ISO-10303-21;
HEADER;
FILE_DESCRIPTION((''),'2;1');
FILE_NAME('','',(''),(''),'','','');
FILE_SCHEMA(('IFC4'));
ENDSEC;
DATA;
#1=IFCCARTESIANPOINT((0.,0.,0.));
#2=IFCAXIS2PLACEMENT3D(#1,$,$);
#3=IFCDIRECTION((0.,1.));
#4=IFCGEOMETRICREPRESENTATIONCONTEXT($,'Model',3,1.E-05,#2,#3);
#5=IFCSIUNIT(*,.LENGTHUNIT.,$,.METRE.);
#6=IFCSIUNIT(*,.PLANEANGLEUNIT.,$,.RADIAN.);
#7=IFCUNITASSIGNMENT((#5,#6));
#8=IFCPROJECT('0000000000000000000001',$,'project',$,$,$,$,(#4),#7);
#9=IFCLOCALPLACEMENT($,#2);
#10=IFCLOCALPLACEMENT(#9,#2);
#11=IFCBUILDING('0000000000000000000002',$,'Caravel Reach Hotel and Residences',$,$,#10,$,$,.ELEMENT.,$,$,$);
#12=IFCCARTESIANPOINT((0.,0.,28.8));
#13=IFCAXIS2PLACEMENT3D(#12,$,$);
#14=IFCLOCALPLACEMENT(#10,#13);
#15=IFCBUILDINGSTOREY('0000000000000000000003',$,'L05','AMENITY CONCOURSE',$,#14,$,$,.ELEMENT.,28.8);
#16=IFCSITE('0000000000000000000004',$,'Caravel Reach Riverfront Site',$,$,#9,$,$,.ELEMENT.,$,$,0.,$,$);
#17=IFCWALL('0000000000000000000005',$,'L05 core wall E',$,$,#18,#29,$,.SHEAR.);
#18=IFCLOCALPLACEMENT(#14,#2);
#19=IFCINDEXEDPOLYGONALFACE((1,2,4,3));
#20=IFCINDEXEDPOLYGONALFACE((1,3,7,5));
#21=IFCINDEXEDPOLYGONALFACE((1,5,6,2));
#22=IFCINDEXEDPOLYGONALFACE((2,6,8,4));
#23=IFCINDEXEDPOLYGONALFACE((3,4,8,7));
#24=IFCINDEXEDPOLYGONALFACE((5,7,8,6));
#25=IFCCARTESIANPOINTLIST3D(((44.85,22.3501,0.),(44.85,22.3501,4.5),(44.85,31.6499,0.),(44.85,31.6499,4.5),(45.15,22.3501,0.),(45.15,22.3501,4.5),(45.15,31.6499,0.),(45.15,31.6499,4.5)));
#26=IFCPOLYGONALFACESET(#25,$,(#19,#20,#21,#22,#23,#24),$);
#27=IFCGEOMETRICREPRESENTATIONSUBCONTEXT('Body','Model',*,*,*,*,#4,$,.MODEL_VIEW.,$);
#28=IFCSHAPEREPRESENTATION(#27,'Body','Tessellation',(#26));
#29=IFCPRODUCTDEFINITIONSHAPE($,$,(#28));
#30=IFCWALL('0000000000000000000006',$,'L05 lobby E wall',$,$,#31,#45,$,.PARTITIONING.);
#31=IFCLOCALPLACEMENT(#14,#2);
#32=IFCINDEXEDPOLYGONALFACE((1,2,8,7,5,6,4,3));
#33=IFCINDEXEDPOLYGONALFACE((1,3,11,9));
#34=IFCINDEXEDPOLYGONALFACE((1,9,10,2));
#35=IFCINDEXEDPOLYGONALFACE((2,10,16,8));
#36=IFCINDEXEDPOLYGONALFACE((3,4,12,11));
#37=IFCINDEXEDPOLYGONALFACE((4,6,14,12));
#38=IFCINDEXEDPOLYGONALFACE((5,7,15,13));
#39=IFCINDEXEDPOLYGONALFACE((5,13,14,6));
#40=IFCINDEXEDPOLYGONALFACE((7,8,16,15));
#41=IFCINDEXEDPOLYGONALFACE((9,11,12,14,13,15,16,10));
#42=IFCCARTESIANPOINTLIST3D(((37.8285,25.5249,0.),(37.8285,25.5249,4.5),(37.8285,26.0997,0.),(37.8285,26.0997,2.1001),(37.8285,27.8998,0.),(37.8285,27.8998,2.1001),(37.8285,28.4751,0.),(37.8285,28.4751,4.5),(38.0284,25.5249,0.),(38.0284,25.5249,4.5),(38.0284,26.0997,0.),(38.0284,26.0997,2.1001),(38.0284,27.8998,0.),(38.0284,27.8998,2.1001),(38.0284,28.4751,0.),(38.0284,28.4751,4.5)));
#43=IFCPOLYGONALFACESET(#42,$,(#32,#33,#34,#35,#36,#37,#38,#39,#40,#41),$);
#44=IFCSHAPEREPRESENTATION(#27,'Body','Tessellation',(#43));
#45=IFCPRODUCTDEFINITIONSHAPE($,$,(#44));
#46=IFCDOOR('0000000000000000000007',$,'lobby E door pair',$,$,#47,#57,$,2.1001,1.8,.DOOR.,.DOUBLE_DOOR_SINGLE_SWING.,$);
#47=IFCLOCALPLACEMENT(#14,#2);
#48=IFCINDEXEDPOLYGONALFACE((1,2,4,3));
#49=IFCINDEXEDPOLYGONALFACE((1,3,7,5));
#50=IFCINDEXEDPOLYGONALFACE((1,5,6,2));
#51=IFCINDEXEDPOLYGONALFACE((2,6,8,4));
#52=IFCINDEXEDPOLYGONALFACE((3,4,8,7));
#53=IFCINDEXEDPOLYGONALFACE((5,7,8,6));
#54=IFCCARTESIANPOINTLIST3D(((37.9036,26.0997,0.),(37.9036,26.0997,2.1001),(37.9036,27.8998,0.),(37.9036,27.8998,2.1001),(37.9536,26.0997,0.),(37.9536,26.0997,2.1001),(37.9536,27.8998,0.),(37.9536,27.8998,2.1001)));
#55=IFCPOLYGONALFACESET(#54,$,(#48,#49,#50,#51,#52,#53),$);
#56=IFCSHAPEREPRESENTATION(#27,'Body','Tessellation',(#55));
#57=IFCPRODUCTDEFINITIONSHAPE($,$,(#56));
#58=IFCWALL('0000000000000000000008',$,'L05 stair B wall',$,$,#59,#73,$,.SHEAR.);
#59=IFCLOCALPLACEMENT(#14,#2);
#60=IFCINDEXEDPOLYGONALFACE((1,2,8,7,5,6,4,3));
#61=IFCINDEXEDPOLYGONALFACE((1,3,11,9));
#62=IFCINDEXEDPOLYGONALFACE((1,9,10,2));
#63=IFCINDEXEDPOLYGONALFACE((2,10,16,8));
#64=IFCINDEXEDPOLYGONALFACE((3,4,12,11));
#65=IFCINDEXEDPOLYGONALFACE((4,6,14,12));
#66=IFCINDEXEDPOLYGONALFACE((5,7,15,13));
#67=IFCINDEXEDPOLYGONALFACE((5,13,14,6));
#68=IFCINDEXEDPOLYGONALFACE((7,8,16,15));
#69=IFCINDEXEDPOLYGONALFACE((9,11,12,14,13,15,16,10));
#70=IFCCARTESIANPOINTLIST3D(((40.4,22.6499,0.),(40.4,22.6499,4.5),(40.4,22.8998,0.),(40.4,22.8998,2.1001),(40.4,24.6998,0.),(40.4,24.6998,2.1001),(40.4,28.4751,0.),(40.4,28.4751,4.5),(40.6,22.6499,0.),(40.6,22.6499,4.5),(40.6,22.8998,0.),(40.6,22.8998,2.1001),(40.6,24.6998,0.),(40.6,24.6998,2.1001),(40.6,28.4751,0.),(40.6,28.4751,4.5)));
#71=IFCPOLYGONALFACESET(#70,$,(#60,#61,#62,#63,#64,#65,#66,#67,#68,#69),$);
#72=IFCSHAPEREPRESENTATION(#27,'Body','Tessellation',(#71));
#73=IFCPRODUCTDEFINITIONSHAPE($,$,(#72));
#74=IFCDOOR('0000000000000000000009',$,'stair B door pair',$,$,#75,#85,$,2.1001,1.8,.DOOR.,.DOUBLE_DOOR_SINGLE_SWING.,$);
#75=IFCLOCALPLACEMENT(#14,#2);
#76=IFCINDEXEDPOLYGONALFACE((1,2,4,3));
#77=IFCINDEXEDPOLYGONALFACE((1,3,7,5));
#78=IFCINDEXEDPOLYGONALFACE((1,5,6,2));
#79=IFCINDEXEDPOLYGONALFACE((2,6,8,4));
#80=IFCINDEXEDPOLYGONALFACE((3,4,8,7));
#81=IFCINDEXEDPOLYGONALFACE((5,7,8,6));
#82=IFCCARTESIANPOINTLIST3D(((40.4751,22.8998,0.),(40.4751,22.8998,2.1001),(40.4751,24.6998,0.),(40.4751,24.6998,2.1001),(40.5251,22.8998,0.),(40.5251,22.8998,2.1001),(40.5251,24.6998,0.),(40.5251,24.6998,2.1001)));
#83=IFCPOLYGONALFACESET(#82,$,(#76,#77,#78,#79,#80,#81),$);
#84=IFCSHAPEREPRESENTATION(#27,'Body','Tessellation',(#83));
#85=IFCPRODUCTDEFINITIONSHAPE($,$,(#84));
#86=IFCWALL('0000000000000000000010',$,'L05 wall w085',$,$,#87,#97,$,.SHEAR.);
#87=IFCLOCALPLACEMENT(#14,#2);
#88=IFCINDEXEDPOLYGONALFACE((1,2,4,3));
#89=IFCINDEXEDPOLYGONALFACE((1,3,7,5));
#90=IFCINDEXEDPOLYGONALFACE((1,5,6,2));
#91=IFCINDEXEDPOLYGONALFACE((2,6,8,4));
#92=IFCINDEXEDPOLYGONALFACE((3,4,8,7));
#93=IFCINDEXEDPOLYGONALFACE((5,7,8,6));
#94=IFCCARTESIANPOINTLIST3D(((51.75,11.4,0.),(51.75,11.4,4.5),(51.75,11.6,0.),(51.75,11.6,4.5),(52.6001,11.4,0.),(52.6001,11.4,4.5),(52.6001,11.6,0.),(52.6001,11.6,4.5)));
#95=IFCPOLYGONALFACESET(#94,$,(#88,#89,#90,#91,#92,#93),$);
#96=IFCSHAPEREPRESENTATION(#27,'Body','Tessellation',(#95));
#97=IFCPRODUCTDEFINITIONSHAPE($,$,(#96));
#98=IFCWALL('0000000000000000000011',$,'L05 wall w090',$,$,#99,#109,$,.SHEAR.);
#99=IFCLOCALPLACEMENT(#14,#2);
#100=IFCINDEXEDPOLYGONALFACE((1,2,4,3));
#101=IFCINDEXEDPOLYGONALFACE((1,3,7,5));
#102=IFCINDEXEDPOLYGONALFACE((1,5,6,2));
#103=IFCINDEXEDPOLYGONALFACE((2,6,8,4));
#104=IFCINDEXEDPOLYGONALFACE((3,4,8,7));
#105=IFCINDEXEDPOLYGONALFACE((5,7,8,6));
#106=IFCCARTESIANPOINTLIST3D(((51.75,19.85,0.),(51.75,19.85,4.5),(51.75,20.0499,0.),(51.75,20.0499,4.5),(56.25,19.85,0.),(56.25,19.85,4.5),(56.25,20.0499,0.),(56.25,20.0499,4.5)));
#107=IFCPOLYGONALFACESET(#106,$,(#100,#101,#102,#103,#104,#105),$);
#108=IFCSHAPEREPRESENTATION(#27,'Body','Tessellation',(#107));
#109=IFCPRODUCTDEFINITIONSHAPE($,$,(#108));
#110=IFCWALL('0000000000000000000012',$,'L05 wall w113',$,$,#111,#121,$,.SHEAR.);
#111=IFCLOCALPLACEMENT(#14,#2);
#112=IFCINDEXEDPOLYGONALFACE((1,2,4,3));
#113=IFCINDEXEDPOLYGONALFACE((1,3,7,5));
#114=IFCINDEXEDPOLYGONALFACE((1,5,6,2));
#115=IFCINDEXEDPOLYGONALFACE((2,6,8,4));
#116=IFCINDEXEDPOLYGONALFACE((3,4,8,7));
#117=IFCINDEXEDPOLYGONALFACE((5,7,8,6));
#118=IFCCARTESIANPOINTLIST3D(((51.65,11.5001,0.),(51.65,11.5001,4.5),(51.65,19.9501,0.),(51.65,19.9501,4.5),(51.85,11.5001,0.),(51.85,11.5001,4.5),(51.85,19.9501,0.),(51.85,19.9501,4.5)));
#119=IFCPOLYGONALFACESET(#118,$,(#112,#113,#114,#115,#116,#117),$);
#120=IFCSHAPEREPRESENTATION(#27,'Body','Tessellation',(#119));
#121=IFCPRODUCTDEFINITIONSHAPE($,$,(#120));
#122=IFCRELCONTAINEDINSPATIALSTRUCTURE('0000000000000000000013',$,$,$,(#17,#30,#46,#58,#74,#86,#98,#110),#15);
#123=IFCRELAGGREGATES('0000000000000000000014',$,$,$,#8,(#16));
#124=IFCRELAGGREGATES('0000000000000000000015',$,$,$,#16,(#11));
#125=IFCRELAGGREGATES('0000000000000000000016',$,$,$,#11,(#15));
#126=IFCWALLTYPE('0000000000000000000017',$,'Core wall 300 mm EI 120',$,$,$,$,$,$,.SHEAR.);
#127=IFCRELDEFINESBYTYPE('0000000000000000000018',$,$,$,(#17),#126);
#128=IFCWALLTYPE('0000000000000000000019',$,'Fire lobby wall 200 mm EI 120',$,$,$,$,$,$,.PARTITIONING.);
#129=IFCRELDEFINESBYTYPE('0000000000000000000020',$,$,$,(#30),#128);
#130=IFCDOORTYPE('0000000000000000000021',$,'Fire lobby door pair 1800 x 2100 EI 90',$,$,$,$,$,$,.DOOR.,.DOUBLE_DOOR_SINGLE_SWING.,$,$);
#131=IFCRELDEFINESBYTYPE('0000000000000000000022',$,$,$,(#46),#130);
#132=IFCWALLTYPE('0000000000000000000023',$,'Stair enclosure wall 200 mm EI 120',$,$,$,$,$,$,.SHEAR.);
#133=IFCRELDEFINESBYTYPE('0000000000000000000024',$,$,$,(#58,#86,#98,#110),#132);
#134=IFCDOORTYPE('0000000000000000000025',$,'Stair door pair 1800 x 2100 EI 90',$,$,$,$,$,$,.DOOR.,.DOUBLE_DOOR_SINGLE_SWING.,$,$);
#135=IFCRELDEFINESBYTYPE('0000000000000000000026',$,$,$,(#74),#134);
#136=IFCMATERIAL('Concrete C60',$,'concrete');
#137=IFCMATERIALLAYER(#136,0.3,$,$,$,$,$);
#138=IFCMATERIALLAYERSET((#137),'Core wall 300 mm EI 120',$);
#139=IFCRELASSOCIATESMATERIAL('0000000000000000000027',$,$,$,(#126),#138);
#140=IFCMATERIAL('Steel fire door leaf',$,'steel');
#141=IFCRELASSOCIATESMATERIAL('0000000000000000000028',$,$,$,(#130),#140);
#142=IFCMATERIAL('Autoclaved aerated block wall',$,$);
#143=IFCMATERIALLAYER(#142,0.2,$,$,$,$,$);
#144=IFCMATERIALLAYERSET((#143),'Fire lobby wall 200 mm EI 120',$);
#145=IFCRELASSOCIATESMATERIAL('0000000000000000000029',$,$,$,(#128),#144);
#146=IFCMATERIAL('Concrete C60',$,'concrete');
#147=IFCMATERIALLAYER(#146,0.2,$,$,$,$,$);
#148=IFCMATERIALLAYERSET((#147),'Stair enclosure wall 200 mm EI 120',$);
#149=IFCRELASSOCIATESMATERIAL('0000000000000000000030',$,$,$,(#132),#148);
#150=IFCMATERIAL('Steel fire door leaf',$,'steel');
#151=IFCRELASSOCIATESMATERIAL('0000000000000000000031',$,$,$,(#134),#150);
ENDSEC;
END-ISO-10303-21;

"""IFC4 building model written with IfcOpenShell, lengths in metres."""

from ifc_helpers import new_model, si_unit, direction, frame, frame_2d, origin, place, context, subcontext, project, spatial, rectangle, extrude, material, layer, layer_set, type_object, element, fill, save


model = new_model("IFC4")

# Units and contexts
model_context = context("Model", 3, precision=1e-05, world=origin(), true_north=direction((0.0, 1.0)))
body_context = subcontext(model_context, "Body", "Model", "MODEL_VIEW")
ifc_project = project(units=[si_unit("LENGTHUNIT", "METRE"), si_unit("PLANEANGLEUNIT", "RADIAN")], contexts=[model_context])

# Site, building, storey
site_placement = place(None, origin())
site = spatial("IfcSite", under=ifc_project, at=site_placement, Name="Caravel Reach Riverfront Site", CompositionType="ELEMENT", RefElevation=0.0)
building_placement = place(site_placement, origin())
building = spatial("IfcBuilding", under=site, at=building_placement, Name="Caravel Reach Hotel and Residences", CompositionType="ELEMENT")
storey_placement = place(building_placement, frame((0.0, 0.0, 28.8)))
storey = spatial("IfcBuildingStorey", under=building, at=storey_placement, Name="L05", Description="AMENITY CONCOURSE", CompositionType="ELEMENT", Elevation=28.8)

# Shared definitions
ifc_material_1 = material(Name="Concrete C60", Category="concrete")
ifc_layer_1 = layer(ifc_material_1, 0.3)
ifc_layer_set_1 = layer_set([ifc_layer_1], Name="Core wall 300 mm EI 120")
wall_type_1 = type_object("IfcWallType", Name="Core wall 300 mm EI 120", PredefinedType="SHEAR", material=ifc_layer_set_1)
ifc_material_2 = material(Name="Steel fire door leaf", Category="steel")
door_type_1 = type_object("IfcDoorType", Name="Fire lobby door pair 1800 x 2100 EI 90", OperationType="DOUBLE_DOOR_SINGLE_SWING", PredefinedType="DOOR", material=ifc_material_2)

# Wall
wall_1_placement = place(storey_placement, frame((45.0, 22.3501, 0.0), z_axis=(0.0, 0.0, 1.0), x_axis=(0.0, 1.0, 0.0)))
element("IfcWall", 1, at=wall_1_placement, inside=storey, type_object=wall_type_1, Name="L05 core wall E", PredefinedType="SHEAR", context=body_context, shape_type="SweptSolid", body=[
    extrude(rectangle(XDim=9.2998, YDim=0.3, at=frame_2d((4.6499, 0.0))), origin(), (0.0, 0.0, 1.0), 4.5),
])

# Walls, openings, doors
ifc_material_3 = material(Name="Autoclaved aerated block wall")
ifc_layer_2 = layer(ifc_material_3, 0.2)
ifc_layer_set_2 = layer_set([ifc_layer_2], Name="Fire lobby wall 200 mm EI 120")
wall_type_2 = type_object("IfcWallType", Name="Fire lobby wall 200 mm EI 120", PredefinedType="PARTITIONING", material=ifc_layer_set_2)
wall_2_placement = place(storey_placement, frame((37.9285, 25.5249, 0.0), z_axis=(0.0, 0.0, 1.0), x_axis=(0.0, 1.0, 0.0)))
wall_2 = element("IfcWall", 2, at=wall_2_placement, inside=storey, type_object=wall_type_2, Name="L05 lobby E wall", PredefinedType="PARTITIONING", context=body_context, shape_type="SweptSolid", body=[
    extrude(rectangle(XDim=2.9502, YDim=0.2, at=frame_2d((1.4751, 0.0))), origin(), (0.0, 0.0, 1.0), 4.5),
])
opening_1_placement = place(wall_2_placement, frame((0.575, 0.0, 0.0)))
opening_1 = element("IfcOpeningElement", 3, at=opening_1_placement, cuts=wall_2, PredefinedType="OPENING", context=body_context, shape_type="SweptSolid", body=[
    extrude(rectangle(XDim=1.8, YDim=2.1001, at=frame_2d((0.8999, 1.05))), frame((0.0, 0.1099, 0.0), z_axis=(0.0, -1.0, 0.0), x_axis=(1.0, 0.0, 0.0)), (0.0, 0.0, 1.0), 0.22),
])
door_1_placement = place(opening_1_placement, origin())
door_1 = element("IfcDoor", 4, at=door_1_placement, inside=storey, type_object=door_type_1, Name="lobby E door pair", OperationType="DOUBLE_DOOR_SINGLE_SWING", OverallHeight=2.1001, OverallWidth=1.8, PredefinedType="DOOR", context=body_context, shape_type="SweptSolid", body=[
    extrude(rectangle(XDim=1.8, YDim=2.1001, at=frame_2d((0.8999, 1.05))), frame((0.0, 0.0249, 0.0), z_axis=(0.0, -1.0, 0.0), x_axis=(1.0, 0.0, 0.0)), (0.0, 0.0, 1.0), 0.05),
])
fill(opening_1, door_1)
ifc_material_4 = material(Name="Concrete C60", Category="concrete")
ifc_layer_3 = layer(ifc_material_4, 0.2)
ifc_layer_set_3 = layer_set([ifc_layer_3], Name="Stair enclosure wall 200 mm EI 120")
wall_type_3 = type_object("IfcWallType", Name="Stair enclosure wall 200 mm EI 120", PredefinedType="SHEAR", material=ifc_layer_set_3)
wall_3_placement = place(storey_placement, frame((40.5, 22.6499, 0.0), z_axis=(0.0, 0.0, 1.0), x_axis=(0.0, 1.0, 0.0)))
wall_3 = element("IfcWall", 5, at=wall_3_placement, inside=storey, type_object=wall_type_3, Name="L05 stair B wall", PredefinedType="SHEAR", context=body_context, shape_type="SweptSolid", body=[
    extrude(rectangle(XDim=5.8252, YDim=0.2, at=frame_2d((2.9126, 0.0))), origin(), (0.0, 0.0, 1.0), 4.5),
])
opening_2_placement = place(wall_3_placement, frame((0.25, 0.0, 0.0)))
opening_2 = element("IfcOpeningElement", 6, at=opening_2_placement, cuts=wall_3, PredefinedType="OPENING", context=body_context, shape_type="SweptSolid", body=[
    extrude(rectangle(XDim=1.8, YDim=2.1001, at=frame_2d((0.8999, 1.05))), frame((0.0, 0.1099, 0.0), z_axis=(0.0, -1.0, 0.0), x_axis=(1.0, 0.0, 0.0)), (0.0, 0.0, 1.0), 0.22),
])
ifc_material_5 = material(Name="Steel fire door leaf", Category="steel")
door_type_2 = type_object("IfcDoorType", Name="Stair door pair 1800 x 2100 EI 90", OperationType="DOUBLE_DOOR_SINGLE_SWING", PredefinedType="DOOR", material=ifc_material_5)
door_2_placement = place(opening_2_placement, origin())
door_2 = element("IfcDoor", 7, at=door_2_placement, inside=storey, type_object=door_type_2, Name="stair B door pair", OperationType="DOUBLE_DOOR_SINGLE_SWING", OverallHeight=2.1001, OverallWidth=1.8, PredefinedType="DOOR", context=body_context, shape_type="SweptSolid", body=[
    extrude(rectangle(XDim=1.8, YDim=2.1001, at=frame_2d((0.8999, 1.05))), frame((0.0, 0.0249, 0.0), z_axis=(0.0, -1.0, 0.0), x_axis=(1.0, 0.0, 0.0)), (0.0, 0.0, 1.0), 0.05),
])
fill(opening_2, door_2)

# Walls
wall_4_placement = place(storey_placement, frame((51.75, 11.5, 0.0), z_axis=(0.0, 0.0, 1.0), x_axis=(1.0, 0.0, 0.0)))
element("IfcWall", 8, at=wall_4_placement, inside=storey, type_object=wall_type_3, Name="L05 wall w085", PredefinedType="SHEAR", context=body_context, shape_type="SweptSolid", body=[
    extrude(rectangle(XDim=0.8501, YDim=0.2, at=frame_2d((0.425, 0.0))), origin(), (0.0, 0.0, 1.0), 4.5),
])
wall_5_placement = place(storey_placement, frame((51.75, 19.95, 0.0), z_axis=(0.0, 0.0, 1.0), x_axis=(1.0, 0.0, 0.0)))
element("IfcWall", 9, at=wall_5_placement, inside=storey, type_object=wall_type_3, Name="L05 wall w090", PredefinedType="SHEAR", context=body_context, shape_type="SweptSolid", body=[
    extrude(rectangle(XDim=4.5, YDim=0.2, at=frame_2d((2.25, 0.0))), origin(), (0.0, 0.0, 1.0), 4.5),
])
wall_6_placement = place(storey_placement, frame((51.75, 11.5, 0.0), z_axis=(0.0, 0.0, 1.0), x_axis=(0.0, 1.0, 0.0)))
element("IfcWall", 10, at=wall_6_placement, inside=storey, type_object=wall_type_3, Name="L05 wall w113", PredefinedType="SHEAR", context=body_context, shape_type="SweptSolid", body=[
    extrude(rectangle(XDim=8.45, YDim=0.2, at=frame_2d((4.2251, 0.0))), origin(), (0.0, 0.0, 1.0), 4.5),
])

save(model, "model.ifc")
